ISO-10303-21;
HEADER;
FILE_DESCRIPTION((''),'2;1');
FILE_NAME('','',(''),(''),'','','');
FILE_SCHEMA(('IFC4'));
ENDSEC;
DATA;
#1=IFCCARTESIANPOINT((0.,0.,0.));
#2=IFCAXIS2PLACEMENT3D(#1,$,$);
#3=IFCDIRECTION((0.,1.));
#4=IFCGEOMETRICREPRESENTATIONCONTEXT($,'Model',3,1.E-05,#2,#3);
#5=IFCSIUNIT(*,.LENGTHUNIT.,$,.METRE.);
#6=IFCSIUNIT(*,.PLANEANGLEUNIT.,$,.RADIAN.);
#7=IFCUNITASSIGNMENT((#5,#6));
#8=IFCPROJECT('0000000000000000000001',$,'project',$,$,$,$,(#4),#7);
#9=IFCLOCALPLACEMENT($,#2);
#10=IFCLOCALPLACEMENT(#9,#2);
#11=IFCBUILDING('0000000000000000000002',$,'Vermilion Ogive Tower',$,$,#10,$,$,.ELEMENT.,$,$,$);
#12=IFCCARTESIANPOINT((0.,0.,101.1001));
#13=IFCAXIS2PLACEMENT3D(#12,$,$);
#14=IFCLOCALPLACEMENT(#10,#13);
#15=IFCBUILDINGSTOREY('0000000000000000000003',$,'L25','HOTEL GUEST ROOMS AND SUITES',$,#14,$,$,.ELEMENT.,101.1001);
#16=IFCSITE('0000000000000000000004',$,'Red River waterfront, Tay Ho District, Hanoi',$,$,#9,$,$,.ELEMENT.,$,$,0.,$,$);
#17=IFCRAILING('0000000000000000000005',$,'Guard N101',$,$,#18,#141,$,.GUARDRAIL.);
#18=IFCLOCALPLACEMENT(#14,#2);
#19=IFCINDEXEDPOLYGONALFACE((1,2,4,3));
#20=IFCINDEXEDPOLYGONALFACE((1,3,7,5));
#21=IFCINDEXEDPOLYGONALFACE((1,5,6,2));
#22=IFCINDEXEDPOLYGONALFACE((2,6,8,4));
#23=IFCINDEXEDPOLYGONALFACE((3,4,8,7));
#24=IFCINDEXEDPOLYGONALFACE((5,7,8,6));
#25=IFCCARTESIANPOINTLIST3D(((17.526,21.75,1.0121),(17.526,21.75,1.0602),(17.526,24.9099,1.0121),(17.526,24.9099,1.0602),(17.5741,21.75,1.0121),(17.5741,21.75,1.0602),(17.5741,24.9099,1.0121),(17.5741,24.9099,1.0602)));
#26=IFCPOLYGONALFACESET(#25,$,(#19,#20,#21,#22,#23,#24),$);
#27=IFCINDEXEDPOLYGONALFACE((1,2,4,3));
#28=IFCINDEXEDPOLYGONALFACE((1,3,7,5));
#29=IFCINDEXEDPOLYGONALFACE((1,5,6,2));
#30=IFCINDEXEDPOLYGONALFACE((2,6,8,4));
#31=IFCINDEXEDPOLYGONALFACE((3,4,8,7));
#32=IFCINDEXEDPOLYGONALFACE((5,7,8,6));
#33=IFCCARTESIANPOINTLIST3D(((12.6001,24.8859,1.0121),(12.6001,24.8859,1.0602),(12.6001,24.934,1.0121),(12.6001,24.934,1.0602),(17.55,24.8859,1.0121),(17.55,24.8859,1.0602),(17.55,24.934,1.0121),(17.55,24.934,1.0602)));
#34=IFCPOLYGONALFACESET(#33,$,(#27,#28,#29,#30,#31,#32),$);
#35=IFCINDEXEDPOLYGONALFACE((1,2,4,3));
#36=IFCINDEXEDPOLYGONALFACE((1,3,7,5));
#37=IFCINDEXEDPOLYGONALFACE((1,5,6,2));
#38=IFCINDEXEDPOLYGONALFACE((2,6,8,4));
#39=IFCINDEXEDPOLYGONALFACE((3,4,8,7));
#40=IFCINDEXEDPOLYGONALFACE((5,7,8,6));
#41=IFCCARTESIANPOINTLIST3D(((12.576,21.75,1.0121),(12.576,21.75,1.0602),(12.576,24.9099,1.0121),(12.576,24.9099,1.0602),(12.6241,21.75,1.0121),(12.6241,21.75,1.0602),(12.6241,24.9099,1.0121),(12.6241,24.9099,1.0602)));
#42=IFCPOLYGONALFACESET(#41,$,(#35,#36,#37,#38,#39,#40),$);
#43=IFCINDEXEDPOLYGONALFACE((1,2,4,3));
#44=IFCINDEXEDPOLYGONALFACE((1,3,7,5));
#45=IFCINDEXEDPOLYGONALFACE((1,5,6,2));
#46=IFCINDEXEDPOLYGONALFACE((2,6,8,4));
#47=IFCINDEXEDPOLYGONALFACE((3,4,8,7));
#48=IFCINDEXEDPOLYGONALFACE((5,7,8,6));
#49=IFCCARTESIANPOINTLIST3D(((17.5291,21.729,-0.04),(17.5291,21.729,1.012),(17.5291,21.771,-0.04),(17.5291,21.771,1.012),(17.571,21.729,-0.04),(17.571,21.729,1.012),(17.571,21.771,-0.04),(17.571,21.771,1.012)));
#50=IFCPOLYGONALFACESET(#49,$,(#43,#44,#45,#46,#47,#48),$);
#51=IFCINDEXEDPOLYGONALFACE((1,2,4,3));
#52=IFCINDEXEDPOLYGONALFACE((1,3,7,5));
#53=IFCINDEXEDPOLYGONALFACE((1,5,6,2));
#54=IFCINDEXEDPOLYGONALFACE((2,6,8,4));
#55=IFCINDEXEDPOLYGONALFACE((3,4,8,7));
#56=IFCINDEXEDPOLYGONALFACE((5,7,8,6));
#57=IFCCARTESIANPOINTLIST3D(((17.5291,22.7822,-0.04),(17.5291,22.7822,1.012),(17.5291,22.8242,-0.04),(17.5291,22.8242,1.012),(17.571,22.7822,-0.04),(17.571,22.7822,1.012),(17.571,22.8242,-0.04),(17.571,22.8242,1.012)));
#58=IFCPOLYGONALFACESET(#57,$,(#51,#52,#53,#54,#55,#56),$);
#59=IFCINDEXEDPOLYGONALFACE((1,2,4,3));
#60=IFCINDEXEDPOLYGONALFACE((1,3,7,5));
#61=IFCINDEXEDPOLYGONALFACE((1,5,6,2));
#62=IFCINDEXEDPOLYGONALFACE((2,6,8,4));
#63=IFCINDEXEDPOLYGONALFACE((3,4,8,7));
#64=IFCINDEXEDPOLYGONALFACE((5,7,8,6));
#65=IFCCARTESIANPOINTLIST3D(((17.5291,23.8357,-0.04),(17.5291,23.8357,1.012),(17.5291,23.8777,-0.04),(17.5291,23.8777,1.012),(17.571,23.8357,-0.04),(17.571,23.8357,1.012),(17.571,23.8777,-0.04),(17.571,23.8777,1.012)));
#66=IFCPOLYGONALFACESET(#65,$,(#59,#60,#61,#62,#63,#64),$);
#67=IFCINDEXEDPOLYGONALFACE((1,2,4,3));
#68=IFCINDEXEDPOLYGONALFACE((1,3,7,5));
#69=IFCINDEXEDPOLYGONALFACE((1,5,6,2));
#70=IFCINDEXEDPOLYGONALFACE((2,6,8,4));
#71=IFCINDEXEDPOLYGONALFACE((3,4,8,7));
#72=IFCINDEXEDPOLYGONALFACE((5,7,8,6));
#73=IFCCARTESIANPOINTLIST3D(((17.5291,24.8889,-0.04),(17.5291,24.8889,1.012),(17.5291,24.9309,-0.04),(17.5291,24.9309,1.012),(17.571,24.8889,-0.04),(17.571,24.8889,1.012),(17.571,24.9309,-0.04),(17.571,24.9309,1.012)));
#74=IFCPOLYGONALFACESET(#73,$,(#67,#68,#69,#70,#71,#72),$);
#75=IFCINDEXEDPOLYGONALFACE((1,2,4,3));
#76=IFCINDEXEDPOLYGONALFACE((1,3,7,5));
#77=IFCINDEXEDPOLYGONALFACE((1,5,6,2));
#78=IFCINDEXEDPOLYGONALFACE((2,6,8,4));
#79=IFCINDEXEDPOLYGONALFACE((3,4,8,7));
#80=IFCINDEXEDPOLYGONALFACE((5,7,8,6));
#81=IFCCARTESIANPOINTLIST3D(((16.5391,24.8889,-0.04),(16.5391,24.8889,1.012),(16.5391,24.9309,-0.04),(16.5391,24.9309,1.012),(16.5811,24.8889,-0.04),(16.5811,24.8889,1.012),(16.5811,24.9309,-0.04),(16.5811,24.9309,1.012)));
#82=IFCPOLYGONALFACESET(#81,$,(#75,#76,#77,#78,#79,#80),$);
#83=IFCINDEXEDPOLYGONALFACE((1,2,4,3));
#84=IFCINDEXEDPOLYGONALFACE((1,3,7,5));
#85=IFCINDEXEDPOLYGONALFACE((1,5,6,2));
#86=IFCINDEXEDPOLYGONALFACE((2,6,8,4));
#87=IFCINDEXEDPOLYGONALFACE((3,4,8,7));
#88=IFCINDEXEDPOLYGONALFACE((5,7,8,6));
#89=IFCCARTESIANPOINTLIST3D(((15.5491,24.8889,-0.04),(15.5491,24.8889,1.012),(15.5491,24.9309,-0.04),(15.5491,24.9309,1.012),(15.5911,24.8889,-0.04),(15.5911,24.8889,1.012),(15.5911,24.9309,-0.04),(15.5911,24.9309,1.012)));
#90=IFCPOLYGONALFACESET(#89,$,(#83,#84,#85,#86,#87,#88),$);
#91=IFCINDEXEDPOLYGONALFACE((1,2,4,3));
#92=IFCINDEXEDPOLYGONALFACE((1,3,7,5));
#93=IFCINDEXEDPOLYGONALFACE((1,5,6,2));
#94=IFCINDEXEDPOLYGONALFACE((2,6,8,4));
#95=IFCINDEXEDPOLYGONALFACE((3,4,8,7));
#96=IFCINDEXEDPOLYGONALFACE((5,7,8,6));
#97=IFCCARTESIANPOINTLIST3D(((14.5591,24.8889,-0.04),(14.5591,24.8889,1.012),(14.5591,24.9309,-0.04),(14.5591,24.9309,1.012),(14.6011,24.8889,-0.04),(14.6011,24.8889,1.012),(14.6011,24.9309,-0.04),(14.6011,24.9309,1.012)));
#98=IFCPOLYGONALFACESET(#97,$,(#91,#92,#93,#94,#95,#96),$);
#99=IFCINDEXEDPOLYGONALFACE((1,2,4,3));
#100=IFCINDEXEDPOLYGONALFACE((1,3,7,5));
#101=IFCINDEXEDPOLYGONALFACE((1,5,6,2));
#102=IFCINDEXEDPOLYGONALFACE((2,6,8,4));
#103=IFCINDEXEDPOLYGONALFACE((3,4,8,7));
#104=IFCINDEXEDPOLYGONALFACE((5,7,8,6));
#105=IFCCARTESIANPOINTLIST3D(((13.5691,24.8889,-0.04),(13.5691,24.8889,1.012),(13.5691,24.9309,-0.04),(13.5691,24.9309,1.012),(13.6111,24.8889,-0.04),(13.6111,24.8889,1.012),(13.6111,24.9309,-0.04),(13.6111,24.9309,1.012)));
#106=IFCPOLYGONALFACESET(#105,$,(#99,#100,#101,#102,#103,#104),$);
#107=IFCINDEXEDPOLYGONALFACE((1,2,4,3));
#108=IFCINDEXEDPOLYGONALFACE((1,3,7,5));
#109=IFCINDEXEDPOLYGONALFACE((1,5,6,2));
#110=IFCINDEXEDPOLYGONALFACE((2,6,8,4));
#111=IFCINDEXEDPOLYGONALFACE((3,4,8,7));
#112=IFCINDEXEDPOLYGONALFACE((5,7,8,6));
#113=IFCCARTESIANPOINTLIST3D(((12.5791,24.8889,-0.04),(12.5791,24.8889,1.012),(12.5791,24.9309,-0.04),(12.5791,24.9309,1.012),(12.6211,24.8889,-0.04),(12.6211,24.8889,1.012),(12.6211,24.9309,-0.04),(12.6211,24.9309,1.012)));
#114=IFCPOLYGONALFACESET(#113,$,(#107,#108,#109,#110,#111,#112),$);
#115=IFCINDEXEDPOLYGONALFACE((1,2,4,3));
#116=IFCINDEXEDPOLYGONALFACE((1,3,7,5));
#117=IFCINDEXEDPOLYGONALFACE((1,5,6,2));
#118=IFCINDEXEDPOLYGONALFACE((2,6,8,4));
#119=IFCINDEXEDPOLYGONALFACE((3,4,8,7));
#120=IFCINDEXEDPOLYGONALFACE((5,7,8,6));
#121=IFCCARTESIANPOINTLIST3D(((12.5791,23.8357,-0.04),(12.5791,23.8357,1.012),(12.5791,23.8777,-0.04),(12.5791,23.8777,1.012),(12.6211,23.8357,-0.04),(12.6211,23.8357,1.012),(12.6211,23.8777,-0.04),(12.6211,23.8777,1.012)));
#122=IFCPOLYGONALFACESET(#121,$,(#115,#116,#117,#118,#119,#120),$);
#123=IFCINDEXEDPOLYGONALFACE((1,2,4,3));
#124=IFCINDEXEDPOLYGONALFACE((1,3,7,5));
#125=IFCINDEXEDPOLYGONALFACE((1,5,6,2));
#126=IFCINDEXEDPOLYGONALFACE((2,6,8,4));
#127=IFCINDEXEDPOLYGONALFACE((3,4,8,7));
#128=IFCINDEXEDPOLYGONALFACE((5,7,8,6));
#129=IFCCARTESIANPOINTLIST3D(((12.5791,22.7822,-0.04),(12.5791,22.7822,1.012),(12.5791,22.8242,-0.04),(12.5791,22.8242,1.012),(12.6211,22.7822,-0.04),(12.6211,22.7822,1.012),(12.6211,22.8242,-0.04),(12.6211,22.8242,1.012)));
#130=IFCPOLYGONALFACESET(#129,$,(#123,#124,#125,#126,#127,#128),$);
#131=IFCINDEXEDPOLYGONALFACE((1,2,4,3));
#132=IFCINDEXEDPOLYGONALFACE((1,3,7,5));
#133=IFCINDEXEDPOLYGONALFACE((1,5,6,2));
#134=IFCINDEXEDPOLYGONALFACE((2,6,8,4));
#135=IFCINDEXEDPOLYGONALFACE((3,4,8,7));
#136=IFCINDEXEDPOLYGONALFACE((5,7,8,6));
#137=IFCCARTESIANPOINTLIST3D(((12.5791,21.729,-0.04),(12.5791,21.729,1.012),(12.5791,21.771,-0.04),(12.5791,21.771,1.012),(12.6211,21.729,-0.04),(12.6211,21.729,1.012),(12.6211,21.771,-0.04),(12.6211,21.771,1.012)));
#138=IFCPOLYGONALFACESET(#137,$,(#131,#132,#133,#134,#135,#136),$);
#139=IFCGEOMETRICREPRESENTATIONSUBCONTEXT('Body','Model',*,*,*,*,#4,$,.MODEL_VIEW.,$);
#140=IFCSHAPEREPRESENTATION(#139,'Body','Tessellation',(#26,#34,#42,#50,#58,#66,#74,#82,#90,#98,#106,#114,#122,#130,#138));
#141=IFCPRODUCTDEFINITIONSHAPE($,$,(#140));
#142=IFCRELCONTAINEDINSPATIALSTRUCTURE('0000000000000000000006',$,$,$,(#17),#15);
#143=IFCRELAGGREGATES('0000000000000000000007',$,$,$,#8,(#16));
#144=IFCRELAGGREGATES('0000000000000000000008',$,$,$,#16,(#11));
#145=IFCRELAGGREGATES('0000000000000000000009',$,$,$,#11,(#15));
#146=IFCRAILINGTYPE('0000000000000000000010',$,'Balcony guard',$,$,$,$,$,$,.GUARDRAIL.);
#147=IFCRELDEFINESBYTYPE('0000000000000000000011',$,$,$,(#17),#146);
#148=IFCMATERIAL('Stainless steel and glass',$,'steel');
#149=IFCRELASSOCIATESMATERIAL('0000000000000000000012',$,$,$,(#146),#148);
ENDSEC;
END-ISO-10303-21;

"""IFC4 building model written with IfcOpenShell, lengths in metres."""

from ifc_helpers import new_model, si_unit, direction, frame, origin, origin_2d, place, context, subcontext, project, spatial, rectangle, extrude, material, type_object, element, save


model = new_model("IFC4")

# Units and contexts
model_context = context("Model", 3, precision=1e-05, world=origin(), true_north=direction((0.0, 1.0)))
body_context = subcontext(model_context, "Body", "Model", "MODEL_VIEW")
ifc_project = project(units=[si_unit("LENGTHUNIT", "METRE"), si_unit("PLANEANGLEUNIT", "RADIAN")], contexts=[model_context])

# Site, building, storey
site_placement = place(None, origin())
site = spatial("IfcSite", under=ifc_project, at=site_placement, Name="Red River waterfront, Tay Ho District, Hanoi", CompositionType="ELEMENT", RefElevation=0.0)
building_placement = place(site_placement, origin())
building = spatial("IfcBuilding", under=site, at=building_placement, Name="Vermilion Ogive Tower", CompositionType="ELEMENT")
storey_placement = place(building_placement, frame((0.0, 0.0, 101.1001)))
storey = spatial("IfcBuildingStorey", under=building, at=storey_placement, Name="L25", Description="HOTEL GUEST ROOMS AND SUITES", CompositionType="ELEMENT", Elevation=101.1001)

# Railing
ifc_material_1 = material(Name="Stainless steel and glass", Category="steel")
railing_type_1 = type_object("IfcRailingType", Name="Balcony guard", PredefinedType="GUARDRAIL", material=ifc_material_1)
railing_1_placement = place(storey_placement, frame((17.55, 21.75, -0.04)))
element("IfcRailing", 1, at=railing_1_placement, inside=storey, type_object=railing_type_1, Name="Guard N101", PredefinedType="GUARDRAIL", context=body_context, shape_type="SweptSolid", body=[
    extrude(rectangle(XDim=0.0481, YDim=0.0481, at=origin_2d()), frame((0.0, 0.0, 1.0762), z_axis=(0.0, 1.0, 0.0), x_axis=(-1.0, 0.0, 0.0)), (0.0, 0.0, 1.0), 3.1599),
    extrude(rectangle(XDim=0.0481, YDim=0.0481, at=origin_2d()), frame((0.0, 3.1599, 1.0762), z_axis=(-1.0, 0.0, 0.0), x_axis=(0.0, -1.0, 0.0)), (0.0, 0.0, 1.0), 4.95),
    extrude(rectangle(XDim=0.0481, YDim=0.0481, at=origin_2d()), frame((-4.95, 3.1599, 1.0762), z_axis=(0.0, -1.0, 0.0), x_axis=(1.0, 0.0, 0.0)), (0.0, 0.0, 1.0), 3.1599),
    extrude(rectangle(XDim=0.042, YDim=0.042, at=origin_2d()), origin(), (0.0, 0.0, 1.0), 1.052),
    extrude(rectangle(XDim=0.042, YDim=0.042, at=origin_2d()), frame((0.0, 1.0532, 0.0)), (0.0, 0.0, 1.0), 1.052),
    extrude(rectangle(XDim=0.042, YDim=0.042, at=origin_2d()), frame((0.0, 2.1067, 0.0)), (0.0, 0.0, 1.0), 1.052),
    extrude(rectangle(XDim=0.042, YDim=0.042, at=origin_2d()), frame((0.0, 3.1599, 0.0)), (0.0, 0.0, 1.0), 1.052),
    extrude(rectangle(XDim=0.042, YDim=0.042, at=origin_2d()), frame((-0.99, 3.1599, 0.0)), (0.0, 0.0, 1.0), 1.052),
    extrude(rectangle(XDim=0.042, YDim=0.042, at=origin_2d()), frame((-1.98, 3.1599, 0.0)), (0.0, 0.0, 1.0), 1.052),
    extrude(rectangle(XDim=0.042, YDim=0.042, at=origin_2d()), frame((-2.97, 3.1599, 0.0)), (0.0, 0.0, 1.0), 1.052),
    extrude(rectangle(XDim=0.042, YDim=0.042, at=origin_2d()), frame((-3.96, 3.1599, 0.0)), (0.0, 0.0, 1.0), 1.052),
    extrude(rectangle(XDim=0.042, YDim=0.042, at=origin_2d()), frame((-4.95, 3.1599, 0.0)), (0.0, 0.0, 1.0), 1.052),
    extrude(rectangle(XDim=0.042, YDim=0.042, at=origin_2d()), frame((-4.95, 2.1067, 0.0)), (0.0, 0.0, 1.0), 1.052),
    extrude(rectangle(XDim=0.042, YDim=0.042, at=origin_2d()), frame((-4.95, 1.0532, 0.0)), (0.0, 0.0, 1.0), 1.052),
    extrude(rectangle(XDim=0.042, YDim=0.042, at=origin_2d()), frame((-4.95, 0.0, 0.0)), (0.0, 0.0, 1.0), 1.052),
])

save(model, "model.ifc")
